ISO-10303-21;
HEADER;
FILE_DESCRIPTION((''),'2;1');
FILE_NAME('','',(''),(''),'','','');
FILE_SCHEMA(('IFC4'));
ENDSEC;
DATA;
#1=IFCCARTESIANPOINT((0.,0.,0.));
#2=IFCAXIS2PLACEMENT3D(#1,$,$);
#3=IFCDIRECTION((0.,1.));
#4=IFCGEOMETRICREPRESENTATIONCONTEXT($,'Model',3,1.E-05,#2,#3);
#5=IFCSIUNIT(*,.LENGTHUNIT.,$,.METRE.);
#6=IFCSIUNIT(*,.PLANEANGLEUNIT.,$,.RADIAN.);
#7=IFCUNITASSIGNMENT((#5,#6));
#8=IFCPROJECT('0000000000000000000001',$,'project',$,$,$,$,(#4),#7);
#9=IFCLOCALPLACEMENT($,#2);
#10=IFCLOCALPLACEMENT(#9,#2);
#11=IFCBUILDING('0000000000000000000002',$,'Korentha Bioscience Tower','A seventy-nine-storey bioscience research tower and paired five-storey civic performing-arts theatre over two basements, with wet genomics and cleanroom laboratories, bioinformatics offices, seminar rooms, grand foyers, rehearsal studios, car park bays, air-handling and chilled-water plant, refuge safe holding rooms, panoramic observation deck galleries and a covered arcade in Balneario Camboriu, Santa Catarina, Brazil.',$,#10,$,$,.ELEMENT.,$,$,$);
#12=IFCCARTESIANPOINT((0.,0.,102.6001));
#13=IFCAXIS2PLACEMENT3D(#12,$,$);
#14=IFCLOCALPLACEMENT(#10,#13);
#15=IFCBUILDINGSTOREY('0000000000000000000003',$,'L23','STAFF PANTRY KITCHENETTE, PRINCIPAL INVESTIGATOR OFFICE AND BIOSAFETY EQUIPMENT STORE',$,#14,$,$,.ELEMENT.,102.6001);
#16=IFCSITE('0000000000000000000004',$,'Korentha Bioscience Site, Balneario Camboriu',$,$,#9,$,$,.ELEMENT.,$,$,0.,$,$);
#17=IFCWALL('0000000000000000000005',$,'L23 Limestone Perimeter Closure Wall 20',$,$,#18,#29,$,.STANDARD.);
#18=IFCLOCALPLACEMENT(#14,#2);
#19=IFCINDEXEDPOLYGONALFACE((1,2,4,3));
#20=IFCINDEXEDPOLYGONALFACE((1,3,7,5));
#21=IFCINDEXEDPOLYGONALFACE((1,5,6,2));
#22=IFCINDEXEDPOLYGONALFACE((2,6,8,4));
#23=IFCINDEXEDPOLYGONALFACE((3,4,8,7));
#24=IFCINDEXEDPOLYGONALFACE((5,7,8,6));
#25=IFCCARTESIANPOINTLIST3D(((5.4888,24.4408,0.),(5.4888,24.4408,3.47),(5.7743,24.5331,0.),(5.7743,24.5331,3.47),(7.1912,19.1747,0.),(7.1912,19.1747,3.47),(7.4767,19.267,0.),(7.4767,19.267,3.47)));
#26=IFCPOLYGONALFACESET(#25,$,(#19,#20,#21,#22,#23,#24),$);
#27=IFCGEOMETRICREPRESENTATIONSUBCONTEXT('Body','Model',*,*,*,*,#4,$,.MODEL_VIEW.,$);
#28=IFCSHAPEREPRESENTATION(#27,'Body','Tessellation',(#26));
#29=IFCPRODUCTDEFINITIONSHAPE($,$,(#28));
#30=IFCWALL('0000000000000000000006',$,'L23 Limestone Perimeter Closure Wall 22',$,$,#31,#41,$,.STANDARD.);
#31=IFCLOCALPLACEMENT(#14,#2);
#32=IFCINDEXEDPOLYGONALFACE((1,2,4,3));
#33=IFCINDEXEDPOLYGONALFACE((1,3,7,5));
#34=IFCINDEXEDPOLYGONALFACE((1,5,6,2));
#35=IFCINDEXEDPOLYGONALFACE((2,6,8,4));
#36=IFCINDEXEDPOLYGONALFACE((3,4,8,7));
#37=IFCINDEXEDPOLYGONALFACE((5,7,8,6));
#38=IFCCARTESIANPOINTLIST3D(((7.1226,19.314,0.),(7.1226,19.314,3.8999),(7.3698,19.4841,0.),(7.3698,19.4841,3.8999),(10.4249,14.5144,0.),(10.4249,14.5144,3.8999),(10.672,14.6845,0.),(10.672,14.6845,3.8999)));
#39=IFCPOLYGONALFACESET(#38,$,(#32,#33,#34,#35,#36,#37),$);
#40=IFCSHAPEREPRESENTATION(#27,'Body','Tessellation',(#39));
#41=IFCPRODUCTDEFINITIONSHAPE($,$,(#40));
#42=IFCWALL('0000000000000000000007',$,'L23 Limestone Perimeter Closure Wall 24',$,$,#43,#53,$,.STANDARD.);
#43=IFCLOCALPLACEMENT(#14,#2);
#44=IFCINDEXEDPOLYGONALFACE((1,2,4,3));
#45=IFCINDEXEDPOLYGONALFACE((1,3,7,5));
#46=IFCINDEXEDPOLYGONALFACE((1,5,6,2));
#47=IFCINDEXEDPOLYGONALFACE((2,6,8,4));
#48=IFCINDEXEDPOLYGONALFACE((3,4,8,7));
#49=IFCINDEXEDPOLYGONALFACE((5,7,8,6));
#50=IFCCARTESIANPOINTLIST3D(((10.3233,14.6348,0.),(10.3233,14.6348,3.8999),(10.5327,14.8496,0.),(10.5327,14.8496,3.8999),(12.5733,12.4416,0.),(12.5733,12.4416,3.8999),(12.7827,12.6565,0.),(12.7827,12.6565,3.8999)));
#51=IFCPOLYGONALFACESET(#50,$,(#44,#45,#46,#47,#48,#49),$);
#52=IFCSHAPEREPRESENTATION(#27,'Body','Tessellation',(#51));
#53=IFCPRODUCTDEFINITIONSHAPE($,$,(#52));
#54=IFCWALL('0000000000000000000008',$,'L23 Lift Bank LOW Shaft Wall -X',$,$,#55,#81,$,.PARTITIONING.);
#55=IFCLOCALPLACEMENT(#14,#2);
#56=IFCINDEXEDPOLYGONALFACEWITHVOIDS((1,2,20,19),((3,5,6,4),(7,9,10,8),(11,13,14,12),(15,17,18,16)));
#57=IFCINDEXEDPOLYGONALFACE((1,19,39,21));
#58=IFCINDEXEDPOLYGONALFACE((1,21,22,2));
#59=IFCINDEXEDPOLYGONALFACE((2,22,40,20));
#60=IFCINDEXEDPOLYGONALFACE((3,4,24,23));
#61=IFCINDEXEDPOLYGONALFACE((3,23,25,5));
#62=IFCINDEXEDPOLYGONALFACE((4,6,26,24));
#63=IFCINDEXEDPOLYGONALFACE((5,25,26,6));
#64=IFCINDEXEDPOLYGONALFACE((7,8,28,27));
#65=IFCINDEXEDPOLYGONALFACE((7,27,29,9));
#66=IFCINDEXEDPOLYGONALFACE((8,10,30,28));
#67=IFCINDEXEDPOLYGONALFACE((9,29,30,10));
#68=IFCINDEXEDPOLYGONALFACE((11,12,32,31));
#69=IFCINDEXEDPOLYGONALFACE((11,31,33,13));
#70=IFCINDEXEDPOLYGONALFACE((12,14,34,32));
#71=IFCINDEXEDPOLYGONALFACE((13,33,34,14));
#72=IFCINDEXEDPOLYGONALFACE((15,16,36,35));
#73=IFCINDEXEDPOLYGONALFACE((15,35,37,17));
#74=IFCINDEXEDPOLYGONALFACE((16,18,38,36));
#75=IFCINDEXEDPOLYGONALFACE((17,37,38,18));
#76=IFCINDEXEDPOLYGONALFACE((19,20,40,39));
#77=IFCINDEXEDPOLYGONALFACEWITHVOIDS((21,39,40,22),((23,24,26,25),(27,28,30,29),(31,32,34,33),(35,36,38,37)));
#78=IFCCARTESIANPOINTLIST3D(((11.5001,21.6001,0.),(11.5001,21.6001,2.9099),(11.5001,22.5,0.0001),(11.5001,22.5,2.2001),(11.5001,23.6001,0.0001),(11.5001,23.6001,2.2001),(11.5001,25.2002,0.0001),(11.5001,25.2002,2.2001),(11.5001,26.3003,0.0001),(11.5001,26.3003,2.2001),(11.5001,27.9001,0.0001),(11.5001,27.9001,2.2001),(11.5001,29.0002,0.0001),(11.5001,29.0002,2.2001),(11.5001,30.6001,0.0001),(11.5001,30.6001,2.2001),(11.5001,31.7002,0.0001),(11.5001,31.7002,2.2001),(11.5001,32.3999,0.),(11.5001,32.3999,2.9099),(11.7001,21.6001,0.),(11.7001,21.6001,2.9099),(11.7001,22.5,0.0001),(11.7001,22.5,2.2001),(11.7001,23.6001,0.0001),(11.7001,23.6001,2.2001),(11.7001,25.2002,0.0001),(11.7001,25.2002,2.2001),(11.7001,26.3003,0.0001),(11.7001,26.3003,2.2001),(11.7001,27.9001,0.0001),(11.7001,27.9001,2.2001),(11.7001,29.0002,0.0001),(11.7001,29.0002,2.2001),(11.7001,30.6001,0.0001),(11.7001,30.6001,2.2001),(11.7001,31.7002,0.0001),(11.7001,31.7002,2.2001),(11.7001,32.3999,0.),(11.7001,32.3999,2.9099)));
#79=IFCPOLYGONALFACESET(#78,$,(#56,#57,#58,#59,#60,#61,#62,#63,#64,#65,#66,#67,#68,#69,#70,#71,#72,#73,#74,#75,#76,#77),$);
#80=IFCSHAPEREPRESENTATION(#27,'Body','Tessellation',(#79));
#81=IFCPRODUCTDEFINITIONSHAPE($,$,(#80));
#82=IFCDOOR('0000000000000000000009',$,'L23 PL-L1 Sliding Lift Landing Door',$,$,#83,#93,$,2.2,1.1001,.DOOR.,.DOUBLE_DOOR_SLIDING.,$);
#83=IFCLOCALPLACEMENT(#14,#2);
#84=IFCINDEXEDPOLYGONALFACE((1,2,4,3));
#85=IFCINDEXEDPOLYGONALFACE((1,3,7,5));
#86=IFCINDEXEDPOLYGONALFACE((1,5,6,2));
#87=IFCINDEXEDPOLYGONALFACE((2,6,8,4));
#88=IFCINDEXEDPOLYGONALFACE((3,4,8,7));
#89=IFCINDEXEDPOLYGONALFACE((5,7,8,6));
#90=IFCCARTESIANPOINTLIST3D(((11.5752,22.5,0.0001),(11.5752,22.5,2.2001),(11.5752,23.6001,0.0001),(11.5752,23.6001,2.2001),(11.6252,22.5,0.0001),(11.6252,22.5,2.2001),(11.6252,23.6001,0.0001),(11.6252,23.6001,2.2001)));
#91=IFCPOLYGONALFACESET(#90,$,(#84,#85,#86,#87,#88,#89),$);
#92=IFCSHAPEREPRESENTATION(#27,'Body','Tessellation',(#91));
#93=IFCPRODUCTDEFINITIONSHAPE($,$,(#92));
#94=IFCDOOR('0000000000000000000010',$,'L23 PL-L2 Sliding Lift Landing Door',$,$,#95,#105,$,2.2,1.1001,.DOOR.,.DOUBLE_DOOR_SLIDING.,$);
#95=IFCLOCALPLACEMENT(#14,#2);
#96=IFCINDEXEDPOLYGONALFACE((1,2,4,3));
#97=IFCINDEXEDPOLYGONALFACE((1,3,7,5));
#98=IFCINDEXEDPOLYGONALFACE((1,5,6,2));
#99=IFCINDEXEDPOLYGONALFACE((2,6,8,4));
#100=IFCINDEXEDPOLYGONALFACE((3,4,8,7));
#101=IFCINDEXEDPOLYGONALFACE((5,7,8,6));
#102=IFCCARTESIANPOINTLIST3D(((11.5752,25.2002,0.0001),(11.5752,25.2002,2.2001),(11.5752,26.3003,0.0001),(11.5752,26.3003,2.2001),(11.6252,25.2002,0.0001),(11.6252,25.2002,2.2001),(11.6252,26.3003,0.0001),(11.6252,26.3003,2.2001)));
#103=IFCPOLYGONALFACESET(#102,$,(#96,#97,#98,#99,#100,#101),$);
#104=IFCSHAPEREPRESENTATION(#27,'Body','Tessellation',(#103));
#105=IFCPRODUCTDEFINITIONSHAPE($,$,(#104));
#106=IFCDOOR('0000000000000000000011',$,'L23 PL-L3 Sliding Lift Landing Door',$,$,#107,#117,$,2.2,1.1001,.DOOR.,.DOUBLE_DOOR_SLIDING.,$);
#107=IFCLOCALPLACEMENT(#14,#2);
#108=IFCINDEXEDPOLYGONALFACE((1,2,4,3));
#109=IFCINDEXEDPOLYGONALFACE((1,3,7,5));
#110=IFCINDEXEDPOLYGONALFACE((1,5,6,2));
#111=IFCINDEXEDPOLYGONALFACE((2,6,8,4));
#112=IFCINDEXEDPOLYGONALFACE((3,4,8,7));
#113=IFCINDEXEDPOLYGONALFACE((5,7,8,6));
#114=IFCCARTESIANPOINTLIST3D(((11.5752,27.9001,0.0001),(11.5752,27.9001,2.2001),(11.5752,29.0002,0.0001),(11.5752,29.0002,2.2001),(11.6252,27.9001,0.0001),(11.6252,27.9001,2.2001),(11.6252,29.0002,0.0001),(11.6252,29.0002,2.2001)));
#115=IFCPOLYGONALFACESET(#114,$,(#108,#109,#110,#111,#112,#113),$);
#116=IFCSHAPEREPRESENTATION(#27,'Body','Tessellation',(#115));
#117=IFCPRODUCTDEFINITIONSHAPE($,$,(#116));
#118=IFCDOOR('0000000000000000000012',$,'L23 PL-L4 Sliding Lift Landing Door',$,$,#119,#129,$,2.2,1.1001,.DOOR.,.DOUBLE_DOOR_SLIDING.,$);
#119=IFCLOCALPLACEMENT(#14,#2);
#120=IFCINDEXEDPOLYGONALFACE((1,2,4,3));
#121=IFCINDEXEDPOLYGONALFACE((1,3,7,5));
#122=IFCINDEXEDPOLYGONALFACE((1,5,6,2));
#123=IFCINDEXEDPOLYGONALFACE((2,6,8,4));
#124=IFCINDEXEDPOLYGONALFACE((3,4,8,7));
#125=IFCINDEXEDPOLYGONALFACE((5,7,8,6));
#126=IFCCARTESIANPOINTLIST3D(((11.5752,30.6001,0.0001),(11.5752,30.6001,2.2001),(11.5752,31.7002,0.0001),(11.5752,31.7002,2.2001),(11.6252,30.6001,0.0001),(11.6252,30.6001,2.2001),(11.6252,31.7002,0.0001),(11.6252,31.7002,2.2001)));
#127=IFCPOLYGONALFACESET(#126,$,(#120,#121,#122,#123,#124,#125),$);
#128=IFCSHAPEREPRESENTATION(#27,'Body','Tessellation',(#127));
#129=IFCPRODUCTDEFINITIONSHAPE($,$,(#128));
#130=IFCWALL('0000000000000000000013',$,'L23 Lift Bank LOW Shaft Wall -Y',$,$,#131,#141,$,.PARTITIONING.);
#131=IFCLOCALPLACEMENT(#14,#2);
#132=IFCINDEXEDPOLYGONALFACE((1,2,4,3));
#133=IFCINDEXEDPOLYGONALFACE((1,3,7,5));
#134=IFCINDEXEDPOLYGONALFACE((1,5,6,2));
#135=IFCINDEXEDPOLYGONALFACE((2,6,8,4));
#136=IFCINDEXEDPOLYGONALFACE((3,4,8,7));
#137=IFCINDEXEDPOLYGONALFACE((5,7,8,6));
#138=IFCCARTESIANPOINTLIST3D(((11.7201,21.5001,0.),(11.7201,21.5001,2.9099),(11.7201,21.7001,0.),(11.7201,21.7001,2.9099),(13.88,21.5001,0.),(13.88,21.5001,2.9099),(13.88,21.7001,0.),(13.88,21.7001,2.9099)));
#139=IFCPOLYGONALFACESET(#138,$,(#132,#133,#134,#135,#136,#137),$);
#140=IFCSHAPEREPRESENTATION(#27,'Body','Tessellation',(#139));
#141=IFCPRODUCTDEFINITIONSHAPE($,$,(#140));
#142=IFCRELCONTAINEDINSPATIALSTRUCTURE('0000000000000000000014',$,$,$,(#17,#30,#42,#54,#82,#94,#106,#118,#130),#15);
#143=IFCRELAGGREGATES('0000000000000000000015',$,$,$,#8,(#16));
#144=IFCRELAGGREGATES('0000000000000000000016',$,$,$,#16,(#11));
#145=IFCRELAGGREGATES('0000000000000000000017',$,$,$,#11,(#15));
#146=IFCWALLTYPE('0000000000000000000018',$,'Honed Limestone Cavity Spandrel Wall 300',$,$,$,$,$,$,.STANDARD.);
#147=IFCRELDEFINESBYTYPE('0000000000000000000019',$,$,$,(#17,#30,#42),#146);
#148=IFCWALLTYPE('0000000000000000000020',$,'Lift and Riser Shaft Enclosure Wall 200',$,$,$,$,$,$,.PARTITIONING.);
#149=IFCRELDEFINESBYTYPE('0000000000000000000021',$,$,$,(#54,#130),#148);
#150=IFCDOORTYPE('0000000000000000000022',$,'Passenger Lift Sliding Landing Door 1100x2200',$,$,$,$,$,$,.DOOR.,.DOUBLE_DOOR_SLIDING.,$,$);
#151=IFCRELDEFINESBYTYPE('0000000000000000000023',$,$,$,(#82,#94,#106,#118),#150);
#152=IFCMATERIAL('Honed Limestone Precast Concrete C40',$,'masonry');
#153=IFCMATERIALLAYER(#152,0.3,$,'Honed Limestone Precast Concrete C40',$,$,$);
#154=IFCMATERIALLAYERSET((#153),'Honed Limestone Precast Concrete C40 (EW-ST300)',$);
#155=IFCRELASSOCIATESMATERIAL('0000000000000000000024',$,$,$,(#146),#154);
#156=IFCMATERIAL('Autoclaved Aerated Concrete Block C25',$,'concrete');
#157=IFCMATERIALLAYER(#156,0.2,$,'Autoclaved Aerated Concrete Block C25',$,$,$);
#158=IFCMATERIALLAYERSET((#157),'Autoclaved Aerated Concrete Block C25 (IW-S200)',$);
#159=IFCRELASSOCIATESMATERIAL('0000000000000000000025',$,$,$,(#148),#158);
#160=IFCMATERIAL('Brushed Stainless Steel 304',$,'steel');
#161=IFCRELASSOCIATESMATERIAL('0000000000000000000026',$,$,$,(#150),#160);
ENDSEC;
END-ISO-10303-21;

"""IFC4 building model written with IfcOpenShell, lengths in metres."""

from ifc_helpers import new_model, si_unit, direction, frame, frame_2d, origin, place, context, subcontext, project, spatial, rectangle, extrude, material, layer, layer_set, type_object, element, fill, save


model = new_model("IFC4")

# Units and contexts
model_context = context("Model", 3, precision=1e-05, world=origin(), true_north=direction((0.0, 1.0)))
body_context = subcontext(model_context, "Body", "Model", "MODEL_VIEW")
ifc_project = project(units=[si_unit("LENGTHUNIT", "METRE"), si_unit("PLANEANGLEUNIT", "RADIAN")], contexts=[model_context])

# Site, building, storey
site_placement = place(None, origin())
site = spatial("IfcSite", under=ifc_project, at=site_placement, Name="Korentha Bioscience Site, Balneario Camboriu", CompositionType="ELEMENT", RefElevation=0.0)
building_placement = place(site_placement, origin())
building = spatial("IfcBuilding", under=site, at=building_placement, Name="Korentha Bioscience Tower", Description="A seventy-nine-storey bioscience research tower and paired five-storey civic performing-arts theatre over two basements, with wet genomics and cleanroom laboratories, bioinformatics offices, seminar rooms, grand foyers, rehearsal studios, car park bays, air-handling and chilled-water plant, refuge safe holding rooms, panoramic observation deck galleries and a covered arcade in Balneario Camboriu, Santa Catarina, Brazil.", CompositionType="ELEMENT")
storey_placement = place(building_placement, frame((0.0, 0.0, 102.6001)))
storey = spatial("IfcBuildingStorey", under=building, at=storey_placement, Name="L23", Description="STAFF PANTRY KITCHENETTE, PRINCIPAL INVESTIGATOR OFFICE AND BIOSAFETY EQUIPMENT STORE", CompositionType="ELEMENT", Elevation=102.6001)

# Walls
ifc_material_1 = material(Name="Honed Limestone Precast Concrete C40", Category="masonry")
ifc_layer_1 = layer(ifc_material_1, 0.3, Name="Honed Limestone Precast Concrete C40")
ifc_layer_set_1 = layer_set([ifc_layer_1], Name="Honed Limestone Precast Concrete C40 (EW-ST300)")
wall_type_1 = type_object("IfcWallType", Name="Honed Limestone Cavity Spandrel Wall 300", PredefinedType="STANDARD", material=ifc_layer_set_1)
wall_1_placement = place(storey_placement, frame((5.6316, 24.4868, 0.0), z_axis=(0.0, 0.0, 1.0), x_axis=(0.307599, -0.951516, 0.0)))
element("IfcWall", 1, at=wall_1_placement, inside=storey, type_object=wall_type_1, Name="L23 Limestone Perimeter Closure Wall 20", PredefinedType="STANDARD", context=body_context, shape_type="SweptSolid", body=[
    extrude(rectangle(XDim=5.5344, YDim=0.3, at=frame_2d((2.7671, 0.0))), origin(), (0.0, 0.0, 1.0), 3.47),
])
wall_2_placement = place(storey_placement, frame((7.2461, 19.3992, 0.0), z_axis=(0.0, 0.0, 1.0), x_axis=(0.566826, -0.823838, 0.0)))
element("IfcWall", 2, at=wall_2_placement, inside=storey, type_object=wall_type_1, Name="L23 Limestone Perimeter Closure Wall 22", PredefinedType="STANDARD", context=body_context, shape_type="SweptSolid", body=[
    extrude(rectangle(XDim=5.8259, YDim=0.3, at=frame_2d((2.9131, 0.0))), origin(), (0.0, 0.0, 1.0), 3.8999),
])
wall_3_placement = place(storey_placement, frame((10.428, 14.7422, 0.0), z_axis=(0.0, 0.0, 1.0), x_axis=(0.716101, -0.697997, 0.0)))
element("IfcWall", 3, at=wall_3_placement, inside=storey, type_object=wall_type_1, Name="L23 Limestone Perimeter Closure Wall 24", PredefinedType="STANDARD", context=body_context, shape_type="SweptSolid", body=[
    extrude(rectangle(XDim=3.1421, YDim=0.3, at=frame_2d((1.571, 0.0))), origin(), (0.0, 0.0, 1.0), 3.8999),
])

# Wall, openings, doors
ifc_material_2 = material(Name="Autoclaved Aerated Concrete Block C25", Category="concrete")
ifc_layer_2 = layer(ifc_material_2, 0.2, Name="Autoclaved Aerated Concrete Block C25")
ifc_layer_set_2 = layer_set([ifc_layer_2], Name="Autoclaved Aerated Concrete Block C25 (IW-S200)")
wall_type_2 = type_object("IfcWallType", Name="Lift and Riser Shaft Enclosure Wall 200", PredefinedType="PARTITIONING", material=ifc_layer_set_2)
wall_4_placement = place(storey_placement, frame((11.6001, 21.6001, 0.0), z_axis=(0.0, 0.0, 1.0), x_axis=(0.0, 1.0, 0.0)))
wall_4 = element("IfcWall", 4, at=wall_4_placement, inside=storey, type_object=wall_type_2, Name="L23 Lift Bank LOW Shaft Wall -X", PredefinedType="PARTITIONING", context=body_context, shape_type="SweptSolid", body=[
    extrude(rectangle(XDim=10.7998, YDim=0.2, at=frame_2d((5.3999, 0.0))), origin(), (0.0, 0.0, 1.0), 2.9099),
])
opening_1_placement = place(wall_4_placement, frame((0.8999, 0.0, 0.0)))
opening_1 = element("IfcOpeningElement", 5, at=opening_1_placement, cuts=wall_4, PredefinedType="OPENING", context=body_context, shape_type="SweptSolid", body=[
    extrude(rectangle(XDim=1.1001, YDim=2.2, at=frame_2d((0.55, 1.1001))), frame((0.0, 0.1147, 0.0), z_axis=(0.0, -1.0, 0.0), x_axis=(1.0, 0.0, 0.0)), (0.0, 0.0, 1.0), 0.2297),
])
opening_2_placement = place(wall_4_placement, frame((3.6001, 0.0, 0.0)))
opening_2 = element("IfcOpeningElement", 6, at=opening_2_placement, cuts=wall_4, PredefinedType="OPENING", context=body_context, shape_type="SweptSolid", body=[
    extrude(rectangle(XDim=1.1001, YDim=2.2, at=frame_2d((0.55, 1.1001))), frame((0.0, 0.1147, 0.0), z_axis=(0.0, -1.0, 0.0), x_axis=(1.0, 0.0, 0.0)), (0.0, 0.0, 1.0), 0.2297),
])
opening_3_placement = place(wall_4_placement, frame((6.3, 0.0, 0.0)))
opening_3 = element("IfcOpeningElement", 7, at=opening_3_placement, cuts=wall_4, PredefinedType="OPENING", context=body_context, shape_type="SweptSolid", body=[
    extrude(rectangle(XDim=1.1001, YDim=2.2, at=frame_2d((0.55, 1.1001))), frame((0.0, 0.1147, 0.0), z_axis=(0.0, -1.0, 0.0), x_axis=(1.0, 0.0, 0.0)), (0.0, 0.0, 1.0), 0.2297),
])
opening_4_placement = place(wall_4_placement, frame((9.0, 0.0, 0.0)))
opening_4 = element("IfcOpeningElement", 8, at=opening_4_placement, cuts=wall_4, PredefinedType="OPENING", context=body_context, shape_type="SweptSolid", body=[
    extrude(rectangle(XDim=1.1001, YDim=2.2, at=frame_2d((0.55, 1.1001))), frame((0.0, 0.1147, 0.0), z_axis=(0.0, -1.0, 0.0), x_axis=(1.0, 0.0, 0.0)), (0.0, 0.0, 1.0), 0.2297),
])
ifc_material_3 = material(Name="Brushed Stainless Steel 304", Category="steel")
door_type_1 = type_object("IfcDoorType", Name="Passenger Lift Sliding Landing Door 1100x2200", OperationType="DOUBLE_DOOR_SLIDING", PredefinedType="DOOR", material=ifc_material_3)
door_1_placement = place(opening_1_placement, origin())
door_1 = element("IfcDoor", 9, at=door_1_placement, inside=storey, type_object=door_type_1, Name="L23 PL-L1 Sliding Lift Landing Door", OperationType="DOUBLE_DOOR_SLIDING", OverallHeight=2.2, OverallWidth=1.1001, PredefinedType="DOOR", context=body_context, shape_type="SweptSolid", body=[
    extrude(rectangle(XDim=1.1001, YDim=2.2, at=frame_2d((0.55, 1.1001))), frame((0.0, 0.0249, 0.0), z_axis=(0.0, -1.0, 0.0), x_axis=(1.0, 0.0, 0.0)), (0.0, 0.0, 1.0), 0.05),
])
fill(opening_1, door_1)
door_2_placement = place(opening_2_placement, origin())
door_2 = element("IfcDoor", 10, at=door_2_placement, inside=storey, type_object=door_type_1, Name="L23 PL-L2 Sliding Lift Landing Door", OperationType="DOUBLE_DOOR_SLIDING", OverallHeight=2.2, OverallWidth=1.1001, PredefinedType="DOOR", context=body_context, shape_type="SweptSolid", body=[
    extrude(rectangle(XDim=1.1001, YDim=2.2, at=frame_2d((0.55, 1.1001))), frame((0.0, 0.0249, 0.0), z_axis=(0.0, -1.0, 0.0), x_axis=(1.0, 0.0, 0.0)), (0.0, 0.0, 1.0), 0.05),
])
fill(opening_2, door_2)
door_3_placement = place(opening_3_placement, origin())
door_3 = element("IfcDoor", 11, at=door_3_placement, inside=storey, type_object=door_type_1, Name="L23 PL-L3 Sliding Lift Landing Door", OperationType="DOUBLE_DOOR_SLIDING", OverallHeight=2.2, OverallWidth=1.1001, PredefinedType="DOOR", context=body_context, shape_type="SweptSolid", body=[
    extrude(rectangle(XDim=1.1001, YDim=2.2, at=frame_2d((0.55, 1.1001))), frame((0.0, 0.0249, 0.0), z_axis=(0.0, -1.0, 0.0), x_axis=(1.0, 0.0, 0.0)), (0.0, 0.0, 1.0), 0.05),
])
fill(opening_3, door_3)
door_4_placement = place(opening_4_placement, origin())
door_4 = element("IfcDoor", 12, at=door_4_placement, inside=storey, type_object=door_type_1, Name="L23 PL-L4 Sliding Lift Landing Door", OperationType="DOUBLE_DOOR_SLIDING", OverallHeight=2.2, OverallWidth=1.1001, PredefinedType="DOOR", context=body_context, shape_type="SweptSolid", body=[
    extrude(rectangle(XDim=1.1001, YDim=2.2, at=frame_2d((0.55, 1.1001))), frame((0.0, 0.0249, 0.0), z_axis=(0.0, -1.0, 0.0), x_axis=(1.0, 0.0, 0.0)), (0.0, 0.0, 1.0), 0.05),
])
fill(opening_4, door_4)

# Wall
wall_5_placement = place(storey_placement, frame((11.72, 21.6001, 0.0), z_axis=(0.0, 0.0, 1.0), x_axis=(1.0, 0.0, 0.0)))
element("IfcWall", 13, at=wall_5_placement, inside=storey, type_object=wall_type_2, Name="L23 Lift Bank LOW Shaft Wall -Y", PredefinedType="PARTITIONING", context=body_context, shape_type="SweptSolid", body=[
    extrude(rectangle(XDim=2.1599, YDim=0.2, at=frame_2d((1.0801, 0.0))), origin(), (0.0, 0.0, 1.0), 2.9099),
])

save(model, "model.ifc")
